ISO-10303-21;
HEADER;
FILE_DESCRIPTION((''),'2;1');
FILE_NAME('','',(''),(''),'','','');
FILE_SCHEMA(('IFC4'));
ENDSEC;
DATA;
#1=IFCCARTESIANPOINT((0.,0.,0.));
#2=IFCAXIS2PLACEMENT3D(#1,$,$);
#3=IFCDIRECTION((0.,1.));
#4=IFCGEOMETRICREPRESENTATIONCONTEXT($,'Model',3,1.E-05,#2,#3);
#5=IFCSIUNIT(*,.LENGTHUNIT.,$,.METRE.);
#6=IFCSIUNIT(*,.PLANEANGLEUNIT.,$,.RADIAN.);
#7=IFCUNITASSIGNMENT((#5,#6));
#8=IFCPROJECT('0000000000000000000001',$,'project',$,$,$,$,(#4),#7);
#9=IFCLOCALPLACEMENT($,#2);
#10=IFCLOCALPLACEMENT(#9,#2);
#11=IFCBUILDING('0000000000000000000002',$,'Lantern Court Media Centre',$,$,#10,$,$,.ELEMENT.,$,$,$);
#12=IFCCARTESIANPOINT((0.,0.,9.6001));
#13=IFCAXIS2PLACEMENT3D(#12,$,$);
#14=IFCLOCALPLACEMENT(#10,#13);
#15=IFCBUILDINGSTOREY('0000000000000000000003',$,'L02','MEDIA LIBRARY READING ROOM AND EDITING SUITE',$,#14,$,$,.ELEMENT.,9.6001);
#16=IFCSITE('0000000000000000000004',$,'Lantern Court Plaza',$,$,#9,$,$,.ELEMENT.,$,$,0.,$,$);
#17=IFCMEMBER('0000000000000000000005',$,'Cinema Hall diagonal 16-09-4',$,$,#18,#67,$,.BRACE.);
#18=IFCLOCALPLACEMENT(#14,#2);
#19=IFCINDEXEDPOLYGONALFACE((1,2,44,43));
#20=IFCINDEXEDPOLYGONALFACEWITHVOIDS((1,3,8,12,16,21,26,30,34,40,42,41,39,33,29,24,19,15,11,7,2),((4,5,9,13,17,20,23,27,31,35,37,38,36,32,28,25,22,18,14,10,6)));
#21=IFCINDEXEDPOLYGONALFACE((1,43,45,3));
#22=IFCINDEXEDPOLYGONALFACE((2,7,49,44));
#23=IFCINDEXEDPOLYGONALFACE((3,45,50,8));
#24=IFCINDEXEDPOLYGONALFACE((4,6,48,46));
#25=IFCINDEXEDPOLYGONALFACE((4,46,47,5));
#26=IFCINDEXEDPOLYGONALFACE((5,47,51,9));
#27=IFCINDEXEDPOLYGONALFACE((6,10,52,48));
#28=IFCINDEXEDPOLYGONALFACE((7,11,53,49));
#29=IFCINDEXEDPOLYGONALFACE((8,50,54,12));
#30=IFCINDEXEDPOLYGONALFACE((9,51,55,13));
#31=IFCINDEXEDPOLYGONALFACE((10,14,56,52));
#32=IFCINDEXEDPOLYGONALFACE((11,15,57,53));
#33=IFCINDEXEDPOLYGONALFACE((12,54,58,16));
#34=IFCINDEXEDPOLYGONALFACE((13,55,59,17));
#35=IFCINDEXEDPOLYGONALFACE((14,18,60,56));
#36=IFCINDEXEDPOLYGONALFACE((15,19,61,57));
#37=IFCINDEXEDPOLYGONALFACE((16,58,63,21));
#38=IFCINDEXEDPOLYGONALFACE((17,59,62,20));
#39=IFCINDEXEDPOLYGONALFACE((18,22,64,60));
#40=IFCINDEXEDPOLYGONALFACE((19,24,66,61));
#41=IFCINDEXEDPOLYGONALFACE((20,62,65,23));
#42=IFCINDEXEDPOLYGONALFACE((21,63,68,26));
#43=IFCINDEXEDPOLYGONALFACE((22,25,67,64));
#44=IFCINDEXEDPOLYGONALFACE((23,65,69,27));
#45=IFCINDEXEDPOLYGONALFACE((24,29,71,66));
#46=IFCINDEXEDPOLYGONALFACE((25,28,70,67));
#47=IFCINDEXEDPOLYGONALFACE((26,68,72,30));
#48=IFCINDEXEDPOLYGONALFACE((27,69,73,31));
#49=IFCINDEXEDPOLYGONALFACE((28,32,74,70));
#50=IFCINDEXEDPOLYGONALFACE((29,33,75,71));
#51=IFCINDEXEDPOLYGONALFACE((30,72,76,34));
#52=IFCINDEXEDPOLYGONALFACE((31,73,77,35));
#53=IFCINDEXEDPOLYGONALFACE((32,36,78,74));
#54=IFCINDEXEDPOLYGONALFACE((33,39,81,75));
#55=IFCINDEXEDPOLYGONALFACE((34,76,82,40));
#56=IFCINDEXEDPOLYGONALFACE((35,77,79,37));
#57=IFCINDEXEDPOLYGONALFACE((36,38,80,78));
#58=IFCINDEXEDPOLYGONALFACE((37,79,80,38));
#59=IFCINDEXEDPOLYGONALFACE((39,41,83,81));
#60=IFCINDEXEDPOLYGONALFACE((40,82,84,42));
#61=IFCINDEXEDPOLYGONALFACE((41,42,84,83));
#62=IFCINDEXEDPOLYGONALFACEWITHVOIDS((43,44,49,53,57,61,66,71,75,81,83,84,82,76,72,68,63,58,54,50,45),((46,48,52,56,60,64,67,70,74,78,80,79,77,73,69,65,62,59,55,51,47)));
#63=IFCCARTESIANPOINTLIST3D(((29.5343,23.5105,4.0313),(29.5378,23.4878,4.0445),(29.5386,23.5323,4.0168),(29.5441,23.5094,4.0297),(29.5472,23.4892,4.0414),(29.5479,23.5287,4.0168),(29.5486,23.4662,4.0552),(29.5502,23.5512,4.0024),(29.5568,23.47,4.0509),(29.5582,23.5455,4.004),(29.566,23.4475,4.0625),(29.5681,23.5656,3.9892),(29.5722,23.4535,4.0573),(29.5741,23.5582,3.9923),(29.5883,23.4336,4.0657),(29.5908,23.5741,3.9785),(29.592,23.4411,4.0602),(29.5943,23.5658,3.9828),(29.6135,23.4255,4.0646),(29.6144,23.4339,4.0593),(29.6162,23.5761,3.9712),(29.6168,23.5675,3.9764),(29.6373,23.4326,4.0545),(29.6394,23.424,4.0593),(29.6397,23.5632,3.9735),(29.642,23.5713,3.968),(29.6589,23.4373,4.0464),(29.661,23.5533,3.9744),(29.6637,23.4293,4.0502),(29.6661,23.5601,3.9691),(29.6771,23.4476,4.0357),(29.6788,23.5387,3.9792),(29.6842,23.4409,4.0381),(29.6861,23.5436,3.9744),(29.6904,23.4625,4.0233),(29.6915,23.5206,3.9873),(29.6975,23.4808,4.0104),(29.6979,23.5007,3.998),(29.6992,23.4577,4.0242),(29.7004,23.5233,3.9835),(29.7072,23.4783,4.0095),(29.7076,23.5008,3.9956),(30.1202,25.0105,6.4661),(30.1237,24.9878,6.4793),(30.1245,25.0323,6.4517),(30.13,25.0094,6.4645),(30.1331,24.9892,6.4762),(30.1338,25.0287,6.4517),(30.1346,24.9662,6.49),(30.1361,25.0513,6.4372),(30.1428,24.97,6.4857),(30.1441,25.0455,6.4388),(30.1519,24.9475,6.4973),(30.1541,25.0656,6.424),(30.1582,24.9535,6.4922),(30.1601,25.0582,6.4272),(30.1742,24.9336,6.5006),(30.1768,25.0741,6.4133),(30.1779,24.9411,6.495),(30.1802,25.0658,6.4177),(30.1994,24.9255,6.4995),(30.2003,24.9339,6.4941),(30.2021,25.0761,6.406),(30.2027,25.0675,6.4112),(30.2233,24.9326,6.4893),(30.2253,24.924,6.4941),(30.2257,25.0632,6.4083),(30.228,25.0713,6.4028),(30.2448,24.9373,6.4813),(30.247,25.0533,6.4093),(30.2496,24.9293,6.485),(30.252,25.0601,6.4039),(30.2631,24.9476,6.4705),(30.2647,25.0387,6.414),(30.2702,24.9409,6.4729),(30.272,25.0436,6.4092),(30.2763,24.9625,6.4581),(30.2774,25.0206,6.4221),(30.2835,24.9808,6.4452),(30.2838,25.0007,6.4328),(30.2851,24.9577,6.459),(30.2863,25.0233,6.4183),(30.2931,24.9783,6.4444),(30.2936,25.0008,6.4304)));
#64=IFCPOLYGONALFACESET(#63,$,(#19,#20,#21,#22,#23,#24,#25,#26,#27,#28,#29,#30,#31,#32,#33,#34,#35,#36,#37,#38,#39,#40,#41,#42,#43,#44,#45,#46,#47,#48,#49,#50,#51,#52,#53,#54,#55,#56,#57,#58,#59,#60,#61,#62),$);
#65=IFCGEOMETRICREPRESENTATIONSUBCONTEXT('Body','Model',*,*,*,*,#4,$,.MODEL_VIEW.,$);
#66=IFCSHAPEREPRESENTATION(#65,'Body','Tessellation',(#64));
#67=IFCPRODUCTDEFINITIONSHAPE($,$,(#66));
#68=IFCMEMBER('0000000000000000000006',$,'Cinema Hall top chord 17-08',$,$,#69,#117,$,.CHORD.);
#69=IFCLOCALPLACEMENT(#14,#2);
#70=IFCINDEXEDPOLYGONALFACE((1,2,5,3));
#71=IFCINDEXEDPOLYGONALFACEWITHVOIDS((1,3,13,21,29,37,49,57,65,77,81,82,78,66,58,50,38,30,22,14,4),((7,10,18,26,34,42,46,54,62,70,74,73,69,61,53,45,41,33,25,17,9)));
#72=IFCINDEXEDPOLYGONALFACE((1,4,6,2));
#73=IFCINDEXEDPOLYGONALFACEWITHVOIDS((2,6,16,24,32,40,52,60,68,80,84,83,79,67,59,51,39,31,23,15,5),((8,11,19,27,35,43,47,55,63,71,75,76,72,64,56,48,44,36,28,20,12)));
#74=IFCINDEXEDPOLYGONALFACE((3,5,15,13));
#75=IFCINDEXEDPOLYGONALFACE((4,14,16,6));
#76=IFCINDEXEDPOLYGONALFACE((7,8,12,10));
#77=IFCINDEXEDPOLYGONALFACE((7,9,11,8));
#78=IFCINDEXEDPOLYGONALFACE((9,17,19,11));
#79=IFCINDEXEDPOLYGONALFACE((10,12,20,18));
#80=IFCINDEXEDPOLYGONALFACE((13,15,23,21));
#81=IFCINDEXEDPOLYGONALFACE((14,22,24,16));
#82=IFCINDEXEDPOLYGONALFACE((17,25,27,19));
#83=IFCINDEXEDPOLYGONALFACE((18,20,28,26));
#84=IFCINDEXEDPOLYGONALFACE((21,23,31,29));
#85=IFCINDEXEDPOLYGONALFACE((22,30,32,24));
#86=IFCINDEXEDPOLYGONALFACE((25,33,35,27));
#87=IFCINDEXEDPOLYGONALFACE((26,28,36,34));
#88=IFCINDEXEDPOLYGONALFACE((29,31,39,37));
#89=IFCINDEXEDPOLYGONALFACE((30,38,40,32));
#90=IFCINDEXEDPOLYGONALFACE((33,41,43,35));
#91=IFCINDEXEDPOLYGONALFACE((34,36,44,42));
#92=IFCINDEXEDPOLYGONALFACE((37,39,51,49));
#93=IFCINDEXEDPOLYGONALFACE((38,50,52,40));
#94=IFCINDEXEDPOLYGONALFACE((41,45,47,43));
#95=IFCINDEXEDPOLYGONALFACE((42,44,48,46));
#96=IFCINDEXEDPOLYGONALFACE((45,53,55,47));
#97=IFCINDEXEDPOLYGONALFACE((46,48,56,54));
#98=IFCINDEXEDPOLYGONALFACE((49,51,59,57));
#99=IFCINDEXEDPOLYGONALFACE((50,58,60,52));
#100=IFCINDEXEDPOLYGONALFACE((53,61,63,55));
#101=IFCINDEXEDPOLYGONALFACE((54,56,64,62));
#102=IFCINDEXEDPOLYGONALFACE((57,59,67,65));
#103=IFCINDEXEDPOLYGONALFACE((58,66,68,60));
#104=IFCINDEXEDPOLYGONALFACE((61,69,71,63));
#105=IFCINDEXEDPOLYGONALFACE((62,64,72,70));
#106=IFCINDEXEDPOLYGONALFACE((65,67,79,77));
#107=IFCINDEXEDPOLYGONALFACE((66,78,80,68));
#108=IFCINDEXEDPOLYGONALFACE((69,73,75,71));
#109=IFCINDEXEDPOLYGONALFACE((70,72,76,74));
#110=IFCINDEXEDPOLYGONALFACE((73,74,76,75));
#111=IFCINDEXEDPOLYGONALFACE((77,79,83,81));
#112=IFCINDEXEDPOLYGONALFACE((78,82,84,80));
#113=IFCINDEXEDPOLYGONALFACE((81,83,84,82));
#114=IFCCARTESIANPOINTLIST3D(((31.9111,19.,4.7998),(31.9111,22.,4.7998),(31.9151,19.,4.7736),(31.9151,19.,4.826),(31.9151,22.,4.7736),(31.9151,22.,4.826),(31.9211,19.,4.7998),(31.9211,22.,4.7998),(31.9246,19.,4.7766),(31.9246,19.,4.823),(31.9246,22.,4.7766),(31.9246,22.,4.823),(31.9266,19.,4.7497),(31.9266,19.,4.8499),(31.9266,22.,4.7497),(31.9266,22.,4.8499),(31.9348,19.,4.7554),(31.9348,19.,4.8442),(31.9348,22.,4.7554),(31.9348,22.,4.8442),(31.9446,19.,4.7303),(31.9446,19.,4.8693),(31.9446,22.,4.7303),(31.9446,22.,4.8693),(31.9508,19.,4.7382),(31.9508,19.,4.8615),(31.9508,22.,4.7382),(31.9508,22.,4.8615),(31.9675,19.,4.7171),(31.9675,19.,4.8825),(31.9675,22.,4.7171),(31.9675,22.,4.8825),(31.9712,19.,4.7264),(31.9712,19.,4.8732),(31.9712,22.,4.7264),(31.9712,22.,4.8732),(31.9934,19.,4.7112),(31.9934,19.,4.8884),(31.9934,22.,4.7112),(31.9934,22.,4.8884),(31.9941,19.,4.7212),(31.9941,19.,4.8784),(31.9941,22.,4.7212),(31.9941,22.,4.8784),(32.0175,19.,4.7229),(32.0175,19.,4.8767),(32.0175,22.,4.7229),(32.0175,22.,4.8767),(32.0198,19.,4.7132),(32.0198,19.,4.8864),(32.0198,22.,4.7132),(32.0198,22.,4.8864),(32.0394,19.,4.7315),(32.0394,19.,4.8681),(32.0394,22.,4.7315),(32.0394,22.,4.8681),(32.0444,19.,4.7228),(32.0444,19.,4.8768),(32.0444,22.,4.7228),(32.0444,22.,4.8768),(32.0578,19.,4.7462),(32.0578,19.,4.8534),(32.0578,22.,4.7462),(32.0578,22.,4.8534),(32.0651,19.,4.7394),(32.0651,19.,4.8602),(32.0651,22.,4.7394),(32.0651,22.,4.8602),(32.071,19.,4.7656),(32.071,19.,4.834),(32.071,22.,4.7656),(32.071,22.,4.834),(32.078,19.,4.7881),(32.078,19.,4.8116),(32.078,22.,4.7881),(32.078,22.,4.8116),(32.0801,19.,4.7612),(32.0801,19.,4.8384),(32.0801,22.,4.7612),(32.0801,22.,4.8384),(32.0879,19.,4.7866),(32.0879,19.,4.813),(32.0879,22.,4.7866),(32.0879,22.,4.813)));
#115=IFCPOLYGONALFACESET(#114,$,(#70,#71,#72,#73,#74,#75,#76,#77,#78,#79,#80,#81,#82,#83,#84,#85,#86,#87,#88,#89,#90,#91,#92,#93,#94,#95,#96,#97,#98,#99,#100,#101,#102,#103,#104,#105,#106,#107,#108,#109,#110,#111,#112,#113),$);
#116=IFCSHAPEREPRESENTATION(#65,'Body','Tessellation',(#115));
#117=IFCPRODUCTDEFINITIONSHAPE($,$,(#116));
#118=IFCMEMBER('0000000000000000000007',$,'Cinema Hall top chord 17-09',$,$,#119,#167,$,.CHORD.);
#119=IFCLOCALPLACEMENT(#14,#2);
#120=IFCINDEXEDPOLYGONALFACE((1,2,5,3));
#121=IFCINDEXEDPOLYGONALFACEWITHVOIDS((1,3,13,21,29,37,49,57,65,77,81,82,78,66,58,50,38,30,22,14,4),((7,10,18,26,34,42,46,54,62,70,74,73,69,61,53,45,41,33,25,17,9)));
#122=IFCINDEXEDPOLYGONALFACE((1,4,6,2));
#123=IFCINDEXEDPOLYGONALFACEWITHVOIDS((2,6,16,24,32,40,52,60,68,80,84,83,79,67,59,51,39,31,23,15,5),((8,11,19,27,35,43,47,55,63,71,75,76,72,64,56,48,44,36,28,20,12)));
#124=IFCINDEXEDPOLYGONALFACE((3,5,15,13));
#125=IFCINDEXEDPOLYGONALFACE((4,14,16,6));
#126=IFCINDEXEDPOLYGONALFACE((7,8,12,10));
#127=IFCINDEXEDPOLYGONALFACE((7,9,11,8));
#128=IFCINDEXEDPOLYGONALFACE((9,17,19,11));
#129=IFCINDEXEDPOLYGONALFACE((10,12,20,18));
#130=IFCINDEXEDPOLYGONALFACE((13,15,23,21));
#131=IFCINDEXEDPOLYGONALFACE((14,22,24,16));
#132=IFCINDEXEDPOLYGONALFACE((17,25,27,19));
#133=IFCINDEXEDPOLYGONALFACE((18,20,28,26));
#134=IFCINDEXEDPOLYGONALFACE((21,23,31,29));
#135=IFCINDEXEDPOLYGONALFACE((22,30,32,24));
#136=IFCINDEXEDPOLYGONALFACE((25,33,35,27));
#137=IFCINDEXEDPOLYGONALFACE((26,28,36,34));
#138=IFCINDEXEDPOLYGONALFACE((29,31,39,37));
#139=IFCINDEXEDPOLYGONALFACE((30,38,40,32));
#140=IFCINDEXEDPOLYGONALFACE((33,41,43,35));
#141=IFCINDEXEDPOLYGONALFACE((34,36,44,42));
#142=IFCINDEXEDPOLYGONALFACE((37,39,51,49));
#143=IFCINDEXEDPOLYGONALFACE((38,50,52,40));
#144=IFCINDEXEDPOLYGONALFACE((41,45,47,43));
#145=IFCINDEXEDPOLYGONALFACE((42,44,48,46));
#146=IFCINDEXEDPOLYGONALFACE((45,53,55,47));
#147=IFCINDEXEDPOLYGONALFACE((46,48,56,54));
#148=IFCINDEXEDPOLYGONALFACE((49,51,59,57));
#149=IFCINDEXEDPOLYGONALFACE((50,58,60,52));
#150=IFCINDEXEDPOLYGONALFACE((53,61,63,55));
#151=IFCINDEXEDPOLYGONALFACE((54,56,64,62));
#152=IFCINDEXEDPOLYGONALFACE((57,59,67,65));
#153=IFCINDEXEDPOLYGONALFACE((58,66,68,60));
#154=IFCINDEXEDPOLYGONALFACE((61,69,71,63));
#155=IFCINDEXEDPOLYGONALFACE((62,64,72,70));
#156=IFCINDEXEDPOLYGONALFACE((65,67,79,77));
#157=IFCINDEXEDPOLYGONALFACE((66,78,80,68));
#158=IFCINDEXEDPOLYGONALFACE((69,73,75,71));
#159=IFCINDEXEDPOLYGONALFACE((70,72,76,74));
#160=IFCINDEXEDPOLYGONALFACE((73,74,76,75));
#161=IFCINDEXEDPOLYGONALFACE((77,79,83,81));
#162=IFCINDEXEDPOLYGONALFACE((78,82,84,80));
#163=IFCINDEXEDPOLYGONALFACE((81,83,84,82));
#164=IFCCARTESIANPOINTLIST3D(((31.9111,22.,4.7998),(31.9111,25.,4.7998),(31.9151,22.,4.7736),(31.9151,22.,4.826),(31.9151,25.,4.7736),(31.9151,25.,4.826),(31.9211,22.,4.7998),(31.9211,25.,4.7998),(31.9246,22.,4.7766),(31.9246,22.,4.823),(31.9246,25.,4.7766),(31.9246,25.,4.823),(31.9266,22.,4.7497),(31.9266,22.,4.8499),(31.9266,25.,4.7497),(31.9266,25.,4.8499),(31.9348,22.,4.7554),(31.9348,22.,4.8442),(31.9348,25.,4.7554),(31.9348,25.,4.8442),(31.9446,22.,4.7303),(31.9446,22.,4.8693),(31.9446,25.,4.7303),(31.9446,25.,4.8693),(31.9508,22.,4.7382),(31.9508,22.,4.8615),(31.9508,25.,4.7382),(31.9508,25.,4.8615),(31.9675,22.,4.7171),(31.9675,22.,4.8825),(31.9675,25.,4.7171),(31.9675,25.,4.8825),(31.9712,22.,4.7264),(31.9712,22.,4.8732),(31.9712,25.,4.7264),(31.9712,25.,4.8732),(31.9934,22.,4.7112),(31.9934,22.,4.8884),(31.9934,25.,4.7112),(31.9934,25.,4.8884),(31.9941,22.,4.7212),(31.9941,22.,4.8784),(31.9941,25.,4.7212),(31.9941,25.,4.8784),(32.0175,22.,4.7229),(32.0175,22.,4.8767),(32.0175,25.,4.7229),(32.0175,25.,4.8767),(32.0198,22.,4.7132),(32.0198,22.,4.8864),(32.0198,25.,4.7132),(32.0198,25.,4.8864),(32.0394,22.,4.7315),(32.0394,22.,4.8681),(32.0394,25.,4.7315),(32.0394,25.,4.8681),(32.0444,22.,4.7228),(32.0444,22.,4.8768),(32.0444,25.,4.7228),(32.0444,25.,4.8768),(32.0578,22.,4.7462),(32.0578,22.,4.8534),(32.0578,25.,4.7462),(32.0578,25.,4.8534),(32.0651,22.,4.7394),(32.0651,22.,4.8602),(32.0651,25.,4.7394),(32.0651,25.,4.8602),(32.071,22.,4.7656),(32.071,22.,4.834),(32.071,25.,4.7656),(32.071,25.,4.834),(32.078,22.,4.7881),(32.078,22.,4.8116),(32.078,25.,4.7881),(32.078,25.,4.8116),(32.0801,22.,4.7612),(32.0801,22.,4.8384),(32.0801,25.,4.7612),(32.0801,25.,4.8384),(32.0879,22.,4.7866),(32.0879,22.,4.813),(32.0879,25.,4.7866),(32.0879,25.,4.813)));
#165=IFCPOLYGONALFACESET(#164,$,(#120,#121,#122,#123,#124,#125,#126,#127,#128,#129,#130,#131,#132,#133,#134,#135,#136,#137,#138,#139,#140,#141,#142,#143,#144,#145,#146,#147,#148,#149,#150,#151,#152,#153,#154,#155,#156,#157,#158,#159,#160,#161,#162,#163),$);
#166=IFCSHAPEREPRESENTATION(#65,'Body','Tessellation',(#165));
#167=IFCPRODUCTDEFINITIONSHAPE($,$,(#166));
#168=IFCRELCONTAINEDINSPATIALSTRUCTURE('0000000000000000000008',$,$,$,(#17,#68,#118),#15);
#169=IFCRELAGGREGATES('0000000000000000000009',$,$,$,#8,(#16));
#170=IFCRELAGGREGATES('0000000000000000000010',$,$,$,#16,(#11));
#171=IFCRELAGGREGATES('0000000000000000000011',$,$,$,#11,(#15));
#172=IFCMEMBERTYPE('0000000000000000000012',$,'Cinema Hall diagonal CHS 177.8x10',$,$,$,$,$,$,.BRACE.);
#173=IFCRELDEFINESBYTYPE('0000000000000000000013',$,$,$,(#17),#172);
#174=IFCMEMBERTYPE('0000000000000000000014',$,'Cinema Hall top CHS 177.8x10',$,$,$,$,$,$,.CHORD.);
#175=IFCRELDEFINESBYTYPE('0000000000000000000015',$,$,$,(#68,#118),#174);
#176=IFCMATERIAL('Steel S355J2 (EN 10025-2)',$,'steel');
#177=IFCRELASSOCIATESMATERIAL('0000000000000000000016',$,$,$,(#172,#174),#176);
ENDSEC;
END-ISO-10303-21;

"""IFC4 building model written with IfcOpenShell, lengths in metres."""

from ifc_helpers import new_model, si_unit, direction, frame, origin, origin_2d, place, context, subcontext, project, spatial, hollow_circle, extrude, material, material_profile, profile_set, type_object, element, save


model = new_model("IFC4")

# Units and contexts
model_context = context("Model", 3, precision=1e-05, world=origin(), true_north=direction((0.0, 1.0)))
body_context = subcontext(model_context, "Body", "Model", "MODEL_VIEW")
ifc_project = project(units=[si_unit("LENGTHUNIT", "METRE"), si_unit("PLANEANGLEUNIT", "RADIAN")], contexts=[model_context])

# Site, building, storey
site_placement = place(None, origin())
site = spatial("IfcSite", under=ifc_project, at=site_placement, Name="Lantern Court Plaza", CompositionType="ELEMENT", RefElevation=0.0)
building_placement = place(site_placement, origin())
building = spatial("IfcBuilding", under=site, at=building_placement, Name="Lantern Court Media Centre", CompositionType="ELEMENT")
storey_placement = place(building_placement, frame((0.0, 0.0, 9.6001)))
storey = spatial("IfcBuildingStorey", under=building, at=storey_placement, Name="L02", Description="MEDIA LIBRARY READING ROOM AND EDITING SUITE", CompositionType="ELEMENT", Elevation=9.6001)

# Members
ifc_material_1 = material(Name="Steel S355J2 (EN 10025-2)", Category="steel")
ifc_material_profile_1 = material_profile(ifc_material_1, hollow_circle(Radius=0.0889, WallThickness=0.01, at=origin_2d()), Name="Cinema Hall diagonal CHS 177.8x10")
ifc_profile_set_1 = profile_set([ifc_material_profile_1], Name="Steel S355J2 (EN 10025-2)")
member_type_1 = type_object("IfcMemberType", Name="Cinema Hall diagonal CHS 177.8x10", PredefinedType="BRACE", material=ifc_profile_set_1)
for number, where, z_axis, x_axis, name in (
    (1, (29.6213, 23.5, 4.0168), (0.20072, 0.513842, 0.834073), (-0.931457, 0.363851, 0.0), "Cinema Hall diagonal 16-09-4"),
):
    element("IfcMember", number, at=place(storey_placement, frame(where, z_axis=z_axis, x_axis=x_axis)), inside=storey, type_object=member_type_1, Name=name, PredefinedType="BRACE", context=body_context, shape_type="SweptSolid", body=[
        extrude(hollow_circle(Radius=0.0889, WallThickness=0.01, at=origin_2d()), origin(), (0.0, 0.0, 1.0), 2.9192),
    ])
ifc_material_profile_2 = material_profile(ifc_material_1, hollow_circle(Radius=0.0889, WallThickness=0.01, at=origin_2d()), Name="Cinema Hall top CHS 177.8x10")
ifc_profile_set_2 = profile_set([ifc_material_profile_2], Name="Steel S355J2 (EN 10025-2)")
member_type_2 = type_object("IfcMemberType", Name="Cinema Hall top CHS 177.8x10", PredefinedType="CHORD", material=ifc_profile_set_2)
for number, where, z_axis, x_axis, name in (
    (2, (32.0, 19.0, 4.7998), (0.0, 1.0, 0.0), (-1.0, 0.0, 0.0), "Cinema Hall top chord 17-08"),
    (3, (32.0, 22.0, 4.7998), (0.0, 1.0, 0.0), (-1.0, 0.0, 0.0), "Cinema Hall top chord 17-09"),
):
    element("IfcMember", number, at=place(storey_placement, frame(where, z_axis=z_axis, x_axis=x_axis)), inside=storey, type_object=member_type_2, Name=name, PredefinedType="CHORD", context=body_context, shape_type="SweptSolid", body=[
        extrude(hollow_circle(Radius=0.0889, WallThickness=0.01, at=origin_2d()), origin(), (0.0, 0.0, 1.0), 3.0),
    ])

save(model, "model.ifc")
